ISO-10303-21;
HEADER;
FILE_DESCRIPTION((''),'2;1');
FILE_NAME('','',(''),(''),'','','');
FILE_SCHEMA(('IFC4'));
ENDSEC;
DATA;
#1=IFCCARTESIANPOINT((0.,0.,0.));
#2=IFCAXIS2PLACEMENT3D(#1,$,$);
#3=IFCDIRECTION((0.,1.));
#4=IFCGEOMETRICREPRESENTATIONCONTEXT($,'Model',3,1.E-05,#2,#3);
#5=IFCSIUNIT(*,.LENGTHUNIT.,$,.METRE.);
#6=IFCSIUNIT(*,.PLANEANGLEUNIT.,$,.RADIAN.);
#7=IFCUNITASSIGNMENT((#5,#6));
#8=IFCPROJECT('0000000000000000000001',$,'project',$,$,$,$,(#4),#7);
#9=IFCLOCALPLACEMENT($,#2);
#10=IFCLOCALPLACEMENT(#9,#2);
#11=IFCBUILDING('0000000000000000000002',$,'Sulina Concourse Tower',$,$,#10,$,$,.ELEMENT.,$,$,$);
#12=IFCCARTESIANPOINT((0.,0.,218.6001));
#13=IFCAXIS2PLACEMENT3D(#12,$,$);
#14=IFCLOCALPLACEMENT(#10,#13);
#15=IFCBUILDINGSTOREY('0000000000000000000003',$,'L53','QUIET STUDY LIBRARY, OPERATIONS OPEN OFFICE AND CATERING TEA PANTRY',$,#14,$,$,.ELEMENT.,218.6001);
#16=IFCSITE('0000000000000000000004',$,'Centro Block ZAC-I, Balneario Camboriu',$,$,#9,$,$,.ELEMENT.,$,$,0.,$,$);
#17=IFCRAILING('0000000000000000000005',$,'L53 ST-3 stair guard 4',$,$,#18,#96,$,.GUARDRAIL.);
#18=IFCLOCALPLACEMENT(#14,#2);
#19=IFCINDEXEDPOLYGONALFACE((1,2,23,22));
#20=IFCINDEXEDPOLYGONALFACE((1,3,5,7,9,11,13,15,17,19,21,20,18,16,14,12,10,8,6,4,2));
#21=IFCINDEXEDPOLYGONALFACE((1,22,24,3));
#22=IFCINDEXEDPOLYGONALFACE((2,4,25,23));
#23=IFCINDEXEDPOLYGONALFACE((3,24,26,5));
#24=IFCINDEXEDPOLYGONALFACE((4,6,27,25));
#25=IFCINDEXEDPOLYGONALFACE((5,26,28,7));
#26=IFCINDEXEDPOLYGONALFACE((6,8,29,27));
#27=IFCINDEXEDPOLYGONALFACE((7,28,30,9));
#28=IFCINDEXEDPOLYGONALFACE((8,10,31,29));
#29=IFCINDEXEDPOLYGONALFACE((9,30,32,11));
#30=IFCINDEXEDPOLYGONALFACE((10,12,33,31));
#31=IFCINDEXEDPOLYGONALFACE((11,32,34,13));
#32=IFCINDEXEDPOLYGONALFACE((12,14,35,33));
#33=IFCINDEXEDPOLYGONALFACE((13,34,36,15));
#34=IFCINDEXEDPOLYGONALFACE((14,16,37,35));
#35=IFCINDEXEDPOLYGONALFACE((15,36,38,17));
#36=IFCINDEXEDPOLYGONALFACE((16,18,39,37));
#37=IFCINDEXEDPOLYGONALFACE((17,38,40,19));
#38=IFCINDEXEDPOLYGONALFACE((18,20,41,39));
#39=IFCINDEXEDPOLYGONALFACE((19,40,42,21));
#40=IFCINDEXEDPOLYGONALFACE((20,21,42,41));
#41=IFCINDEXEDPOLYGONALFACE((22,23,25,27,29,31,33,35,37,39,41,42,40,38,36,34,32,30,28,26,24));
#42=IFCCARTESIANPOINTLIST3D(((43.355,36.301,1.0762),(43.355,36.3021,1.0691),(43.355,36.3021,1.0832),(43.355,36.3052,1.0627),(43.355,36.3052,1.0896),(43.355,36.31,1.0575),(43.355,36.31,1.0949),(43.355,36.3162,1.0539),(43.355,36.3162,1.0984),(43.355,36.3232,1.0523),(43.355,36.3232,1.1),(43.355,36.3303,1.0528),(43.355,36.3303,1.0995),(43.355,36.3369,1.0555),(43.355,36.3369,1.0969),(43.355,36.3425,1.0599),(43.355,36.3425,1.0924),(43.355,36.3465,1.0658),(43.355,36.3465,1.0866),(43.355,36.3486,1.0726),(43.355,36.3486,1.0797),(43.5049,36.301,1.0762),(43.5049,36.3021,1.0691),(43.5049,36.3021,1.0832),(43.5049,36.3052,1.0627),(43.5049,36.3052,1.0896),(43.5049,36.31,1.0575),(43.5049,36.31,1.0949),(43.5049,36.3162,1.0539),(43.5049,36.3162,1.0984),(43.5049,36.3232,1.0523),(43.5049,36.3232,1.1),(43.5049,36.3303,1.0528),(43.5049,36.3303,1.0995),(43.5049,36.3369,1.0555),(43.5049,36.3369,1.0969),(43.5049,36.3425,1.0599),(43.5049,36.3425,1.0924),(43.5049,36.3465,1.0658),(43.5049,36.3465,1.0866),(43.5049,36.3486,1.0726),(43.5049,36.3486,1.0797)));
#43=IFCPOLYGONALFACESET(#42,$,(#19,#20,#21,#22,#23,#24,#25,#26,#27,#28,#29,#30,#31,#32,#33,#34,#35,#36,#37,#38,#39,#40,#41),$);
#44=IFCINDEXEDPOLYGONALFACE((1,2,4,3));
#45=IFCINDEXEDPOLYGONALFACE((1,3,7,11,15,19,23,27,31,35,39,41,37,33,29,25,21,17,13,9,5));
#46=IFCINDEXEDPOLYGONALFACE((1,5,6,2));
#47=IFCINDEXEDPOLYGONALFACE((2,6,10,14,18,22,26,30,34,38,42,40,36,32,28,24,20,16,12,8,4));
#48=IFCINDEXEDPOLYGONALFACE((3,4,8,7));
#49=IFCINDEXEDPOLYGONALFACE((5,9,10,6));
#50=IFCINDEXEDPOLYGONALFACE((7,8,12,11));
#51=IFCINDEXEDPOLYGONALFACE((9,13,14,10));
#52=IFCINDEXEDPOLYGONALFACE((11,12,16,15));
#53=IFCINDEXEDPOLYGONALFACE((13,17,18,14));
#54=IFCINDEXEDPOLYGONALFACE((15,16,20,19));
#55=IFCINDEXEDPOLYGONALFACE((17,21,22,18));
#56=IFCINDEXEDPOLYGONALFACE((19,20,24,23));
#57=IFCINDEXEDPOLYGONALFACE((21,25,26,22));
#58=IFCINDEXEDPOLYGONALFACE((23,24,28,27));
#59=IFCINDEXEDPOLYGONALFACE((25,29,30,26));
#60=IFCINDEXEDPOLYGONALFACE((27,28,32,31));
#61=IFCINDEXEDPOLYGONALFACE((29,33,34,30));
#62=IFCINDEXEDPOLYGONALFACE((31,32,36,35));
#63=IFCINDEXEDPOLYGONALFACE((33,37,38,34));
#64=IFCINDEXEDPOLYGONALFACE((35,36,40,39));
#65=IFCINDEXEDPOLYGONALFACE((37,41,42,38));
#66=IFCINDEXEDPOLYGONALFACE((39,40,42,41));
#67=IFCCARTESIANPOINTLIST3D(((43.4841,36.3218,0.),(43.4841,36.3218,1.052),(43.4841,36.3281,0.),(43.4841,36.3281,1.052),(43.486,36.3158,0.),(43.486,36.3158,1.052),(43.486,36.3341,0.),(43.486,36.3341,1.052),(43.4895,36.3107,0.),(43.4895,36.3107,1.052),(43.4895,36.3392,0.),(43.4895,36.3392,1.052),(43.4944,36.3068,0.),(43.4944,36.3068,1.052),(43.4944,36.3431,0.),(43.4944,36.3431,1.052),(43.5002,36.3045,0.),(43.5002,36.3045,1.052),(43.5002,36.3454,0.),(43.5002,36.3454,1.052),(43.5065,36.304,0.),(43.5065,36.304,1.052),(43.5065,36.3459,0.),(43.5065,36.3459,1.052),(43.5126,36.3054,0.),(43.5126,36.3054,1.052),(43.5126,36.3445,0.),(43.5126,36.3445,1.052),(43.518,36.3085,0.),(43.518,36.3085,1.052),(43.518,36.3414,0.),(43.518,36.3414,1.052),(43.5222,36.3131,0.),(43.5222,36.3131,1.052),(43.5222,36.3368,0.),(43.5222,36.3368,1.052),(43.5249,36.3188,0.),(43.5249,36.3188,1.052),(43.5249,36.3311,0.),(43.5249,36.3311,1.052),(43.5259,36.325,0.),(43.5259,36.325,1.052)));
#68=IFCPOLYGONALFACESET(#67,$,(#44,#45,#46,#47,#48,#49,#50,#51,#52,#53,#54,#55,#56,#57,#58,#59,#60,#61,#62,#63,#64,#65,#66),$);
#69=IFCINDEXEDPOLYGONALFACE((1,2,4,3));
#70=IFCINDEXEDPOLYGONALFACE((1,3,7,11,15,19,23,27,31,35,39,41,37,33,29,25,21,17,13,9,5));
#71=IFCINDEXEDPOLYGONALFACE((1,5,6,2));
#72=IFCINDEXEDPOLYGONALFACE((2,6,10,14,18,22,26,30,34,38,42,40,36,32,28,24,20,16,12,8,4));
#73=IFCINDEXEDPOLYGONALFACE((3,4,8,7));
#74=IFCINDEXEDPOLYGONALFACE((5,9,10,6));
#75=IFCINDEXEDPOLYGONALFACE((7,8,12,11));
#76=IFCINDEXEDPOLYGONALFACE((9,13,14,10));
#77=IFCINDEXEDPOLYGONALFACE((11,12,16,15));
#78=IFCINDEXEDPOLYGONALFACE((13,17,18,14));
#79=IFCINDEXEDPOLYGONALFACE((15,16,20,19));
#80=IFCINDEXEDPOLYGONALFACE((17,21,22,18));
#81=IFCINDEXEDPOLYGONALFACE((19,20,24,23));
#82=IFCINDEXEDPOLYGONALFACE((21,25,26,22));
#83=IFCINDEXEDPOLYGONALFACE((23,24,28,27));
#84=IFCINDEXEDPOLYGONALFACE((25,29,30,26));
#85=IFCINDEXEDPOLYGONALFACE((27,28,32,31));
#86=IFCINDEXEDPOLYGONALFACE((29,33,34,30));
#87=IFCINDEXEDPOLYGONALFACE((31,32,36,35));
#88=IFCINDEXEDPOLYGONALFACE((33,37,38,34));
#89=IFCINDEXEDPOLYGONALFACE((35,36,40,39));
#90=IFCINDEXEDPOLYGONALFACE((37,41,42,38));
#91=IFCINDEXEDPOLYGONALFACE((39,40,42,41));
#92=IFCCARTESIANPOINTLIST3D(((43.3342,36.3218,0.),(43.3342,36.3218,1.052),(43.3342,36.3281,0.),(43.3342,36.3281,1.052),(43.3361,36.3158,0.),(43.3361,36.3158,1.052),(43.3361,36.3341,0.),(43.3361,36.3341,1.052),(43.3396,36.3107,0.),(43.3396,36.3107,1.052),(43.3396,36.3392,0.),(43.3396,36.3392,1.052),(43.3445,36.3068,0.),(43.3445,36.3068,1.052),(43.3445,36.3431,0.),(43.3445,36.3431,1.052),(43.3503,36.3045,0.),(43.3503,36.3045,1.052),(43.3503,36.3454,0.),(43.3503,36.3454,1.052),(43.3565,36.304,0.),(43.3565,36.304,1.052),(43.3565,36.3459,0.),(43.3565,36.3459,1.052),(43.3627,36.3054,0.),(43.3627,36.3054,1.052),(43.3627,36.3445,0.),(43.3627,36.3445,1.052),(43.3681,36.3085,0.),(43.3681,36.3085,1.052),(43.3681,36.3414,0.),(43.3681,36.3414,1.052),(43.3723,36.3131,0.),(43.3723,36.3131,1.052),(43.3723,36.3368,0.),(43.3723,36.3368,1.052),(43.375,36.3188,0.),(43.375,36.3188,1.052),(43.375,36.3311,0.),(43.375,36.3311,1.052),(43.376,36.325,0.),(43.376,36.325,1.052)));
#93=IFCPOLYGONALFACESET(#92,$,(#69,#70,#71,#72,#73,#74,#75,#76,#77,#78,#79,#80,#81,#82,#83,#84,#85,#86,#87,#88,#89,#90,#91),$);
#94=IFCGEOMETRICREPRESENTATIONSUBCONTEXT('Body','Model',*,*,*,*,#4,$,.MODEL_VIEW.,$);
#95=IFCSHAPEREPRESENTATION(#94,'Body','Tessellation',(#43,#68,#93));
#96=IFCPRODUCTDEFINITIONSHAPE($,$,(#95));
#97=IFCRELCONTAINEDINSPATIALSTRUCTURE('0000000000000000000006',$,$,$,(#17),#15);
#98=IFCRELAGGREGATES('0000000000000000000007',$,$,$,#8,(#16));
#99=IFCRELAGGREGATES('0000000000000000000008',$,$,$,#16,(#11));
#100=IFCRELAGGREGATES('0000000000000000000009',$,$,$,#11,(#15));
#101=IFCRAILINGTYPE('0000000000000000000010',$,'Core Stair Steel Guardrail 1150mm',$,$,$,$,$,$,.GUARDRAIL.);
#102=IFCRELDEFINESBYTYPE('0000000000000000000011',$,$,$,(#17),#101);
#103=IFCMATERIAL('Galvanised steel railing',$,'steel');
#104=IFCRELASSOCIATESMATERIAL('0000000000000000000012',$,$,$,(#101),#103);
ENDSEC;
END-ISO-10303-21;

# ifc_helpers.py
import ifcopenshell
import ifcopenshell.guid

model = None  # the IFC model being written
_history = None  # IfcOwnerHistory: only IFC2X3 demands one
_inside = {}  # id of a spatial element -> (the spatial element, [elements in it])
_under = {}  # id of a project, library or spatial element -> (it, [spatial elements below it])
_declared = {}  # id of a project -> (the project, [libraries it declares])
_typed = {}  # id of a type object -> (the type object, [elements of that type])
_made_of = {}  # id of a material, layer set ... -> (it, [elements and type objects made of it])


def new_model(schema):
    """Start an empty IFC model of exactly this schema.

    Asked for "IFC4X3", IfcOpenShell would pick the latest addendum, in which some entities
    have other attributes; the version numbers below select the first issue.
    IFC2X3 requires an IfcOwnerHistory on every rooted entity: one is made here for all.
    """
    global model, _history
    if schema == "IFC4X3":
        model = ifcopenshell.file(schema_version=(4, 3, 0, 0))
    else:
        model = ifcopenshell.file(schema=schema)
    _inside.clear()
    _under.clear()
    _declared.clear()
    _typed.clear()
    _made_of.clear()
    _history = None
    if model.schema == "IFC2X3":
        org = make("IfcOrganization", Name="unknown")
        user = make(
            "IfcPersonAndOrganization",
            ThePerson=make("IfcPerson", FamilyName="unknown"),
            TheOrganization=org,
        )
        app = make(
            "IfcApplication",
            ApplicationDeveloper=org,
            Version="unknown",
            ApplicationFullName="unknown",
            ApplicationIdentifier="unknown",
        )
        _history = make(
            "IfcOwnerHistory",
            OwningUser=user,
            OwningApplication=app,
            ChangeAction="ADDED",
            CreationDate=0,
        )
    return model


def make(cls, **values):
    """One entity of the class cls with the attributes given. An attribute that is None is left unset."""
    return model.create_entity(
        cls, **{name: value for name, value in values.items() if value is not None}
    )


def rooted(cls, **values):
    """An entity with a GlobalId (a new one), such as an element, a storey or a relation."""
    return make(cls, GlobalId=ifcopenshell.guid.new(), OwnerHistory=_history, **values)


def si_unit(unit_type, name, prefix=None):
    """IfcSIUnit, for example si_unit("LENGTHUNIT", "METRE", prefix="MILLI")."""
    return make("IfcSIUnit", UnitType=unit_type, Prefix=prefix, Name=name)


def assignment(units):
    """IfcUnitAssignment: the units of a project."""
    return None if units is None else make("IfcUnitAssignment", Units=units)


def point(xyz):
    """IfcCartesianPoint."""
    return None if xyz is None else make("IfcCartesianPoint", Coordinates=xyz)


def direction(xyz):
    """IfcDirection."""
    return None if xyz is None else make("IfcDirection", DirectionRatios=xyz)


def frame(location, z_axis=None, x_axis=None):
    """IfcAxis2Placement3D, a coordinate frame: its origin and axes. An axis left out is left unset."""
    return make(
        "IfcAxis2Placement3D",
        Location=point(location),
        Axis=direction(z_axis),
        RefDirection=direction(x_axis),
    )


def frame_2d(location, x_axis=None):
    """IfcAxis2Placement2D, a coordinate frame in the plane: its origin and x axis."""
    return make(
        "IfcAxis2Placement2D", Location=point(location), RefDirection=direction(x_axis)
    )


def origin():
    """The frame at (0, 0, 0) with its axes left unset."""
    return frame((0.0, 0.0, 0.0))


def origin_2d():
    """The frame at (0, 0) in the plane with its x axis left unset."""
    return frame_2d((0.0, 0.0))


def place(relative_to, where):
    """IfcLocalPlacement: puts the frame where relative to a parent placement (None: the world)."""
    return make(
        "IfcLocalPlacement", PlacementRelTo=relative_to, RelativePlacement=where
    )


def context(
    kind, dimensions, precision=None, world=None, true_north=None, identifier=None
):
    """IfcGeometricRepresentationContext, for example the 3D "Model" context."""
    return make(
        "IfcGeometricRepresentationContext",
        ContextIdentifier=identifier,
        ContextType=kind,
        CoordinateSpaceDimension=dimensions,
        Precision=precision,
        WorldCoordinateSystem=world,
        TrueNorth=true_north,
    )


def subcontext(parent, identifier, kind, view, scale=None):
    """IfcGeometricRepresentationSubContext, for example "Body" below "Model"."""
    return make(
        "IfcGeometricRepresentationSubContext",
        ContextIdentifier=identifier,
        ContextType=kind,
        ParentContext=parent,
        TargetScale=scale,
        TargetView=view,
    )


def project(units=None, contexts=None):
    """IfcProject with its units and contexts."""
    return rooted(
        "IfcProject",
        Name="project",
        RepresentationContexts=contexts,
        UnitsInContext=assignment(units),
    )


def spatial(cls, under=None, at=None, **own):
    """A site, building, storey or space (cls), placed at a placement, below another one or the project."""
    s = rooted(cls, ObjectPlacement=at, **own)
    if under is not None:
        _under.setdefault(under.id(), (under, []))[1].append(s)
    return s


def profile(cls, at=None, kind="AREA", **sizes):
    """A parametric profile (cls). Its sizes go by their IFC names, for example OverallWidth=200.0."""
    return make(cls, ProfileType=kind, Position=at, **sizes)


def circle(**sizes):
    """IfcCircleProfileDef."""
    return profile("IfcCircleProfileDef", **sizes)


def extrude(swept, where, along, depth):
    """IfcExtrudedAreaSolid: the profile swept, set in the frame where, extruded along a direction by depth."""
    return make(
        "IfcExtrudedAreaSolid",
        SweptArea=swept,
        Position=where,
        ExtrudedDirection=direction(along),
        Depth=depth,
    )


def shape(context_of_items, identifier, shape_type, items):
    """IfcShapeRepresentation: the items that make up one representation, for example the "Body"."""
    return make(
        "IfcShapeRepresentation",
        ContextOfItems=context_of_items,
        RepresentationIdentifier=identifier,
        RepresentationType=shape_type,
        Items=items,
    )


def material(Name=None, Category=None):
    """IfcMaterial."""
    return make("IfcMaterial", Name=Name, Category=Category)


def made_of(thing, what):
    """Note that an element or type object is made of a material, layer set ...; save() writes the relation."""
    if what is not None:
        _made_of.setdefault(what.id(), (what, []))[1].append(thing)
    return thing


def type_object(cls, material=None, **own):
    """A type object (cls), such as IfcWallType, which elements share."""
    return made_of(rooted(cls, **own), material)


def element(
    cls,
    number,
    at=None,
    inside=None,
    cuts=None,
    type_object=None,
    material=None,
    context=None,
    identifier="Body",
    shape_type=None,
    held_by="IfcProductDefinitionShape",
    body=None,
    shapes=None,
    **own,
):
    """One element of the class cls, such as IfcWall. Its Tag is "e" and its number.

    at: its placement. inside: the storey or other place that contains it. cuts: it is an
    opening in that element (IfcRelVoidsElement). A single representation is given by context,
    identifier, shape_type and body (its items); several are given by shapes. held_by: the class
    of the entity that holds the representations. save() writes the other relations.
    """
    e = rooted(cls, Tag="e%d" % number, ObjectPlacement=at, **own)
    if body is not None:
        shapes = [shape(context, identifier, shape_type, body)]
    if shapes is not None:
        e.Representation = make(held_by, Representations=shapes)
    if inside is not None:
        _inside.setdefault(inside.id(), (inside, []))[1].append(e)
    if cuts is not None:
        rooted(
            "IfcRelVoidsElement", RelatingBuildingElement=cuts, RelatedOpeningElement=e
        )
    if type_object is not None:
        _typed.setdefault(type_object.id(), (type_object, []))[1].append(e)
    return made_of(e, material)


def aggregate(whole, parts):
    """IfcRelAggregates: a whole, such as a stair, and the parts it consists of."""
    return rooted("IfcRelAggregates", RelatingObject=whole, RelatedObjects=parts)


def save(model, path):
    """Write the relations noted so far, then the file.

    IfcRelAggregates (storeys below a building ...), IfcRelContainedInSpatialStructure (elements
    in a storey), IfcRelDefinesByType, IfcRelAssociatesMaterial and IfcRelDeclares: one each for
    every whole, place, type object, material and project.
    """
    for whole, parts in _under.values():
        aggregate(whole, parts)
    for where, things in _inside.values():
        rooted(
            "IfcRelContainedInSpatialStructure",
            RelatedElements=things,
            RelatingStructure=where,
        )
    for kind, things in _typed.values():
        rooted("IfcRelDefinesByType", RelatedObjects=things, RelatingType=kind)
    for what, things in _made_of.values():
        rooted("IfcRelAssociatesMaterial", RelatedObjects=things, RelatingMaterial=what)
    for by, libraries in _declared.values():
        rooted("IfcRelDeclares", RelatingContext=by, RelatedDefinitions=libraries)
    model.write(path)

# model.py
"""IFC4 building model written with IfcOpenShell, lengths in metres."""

from ifc_helpers import new_model, si_unit, direction, frame, origin, origin_2d, place, context, subcontext, project, spatial, circle, extrude, material, type_object, element, save


model = new_model("IFC4")

# Units and contexts
model_context = context("Model", 3, precision=1e-05, world=origin(), true_north=direction((0.0, 1.0)))
body_context = subcontext(model_context, "Body", "Model", "MODEL_VIEW")
ifc_project = project(units=[si_unit("LENGTHUNIT", "METRE"), si_unit("PLANEANGLEUNIT", "RADIAN")], contexts=[model_context])

# Site, building, storey
site_placement = place(None, origin())
site = spatial("IfcSite", under=ifc_project, at=site_placement, Name="Centro Block ZAC-I, Balneario Camboriu", CompositionType="ELEMENT", RefElevation=0.0)
building_placement = place(site_placement, origin())
building = spatial("IfcBuilding", under=site, at=building_placement, Name="Sulina Concourse Tower", CompositionType="ELEMENT")
storey_placement = place(building_placement, frame((0.0, 0.0, 218.6001)))
storey = spatial("IfcBuildingStorey", under=building, at=storey_placement, Name="L53", Description="QUIET STUDY LIBRARY, OPERATIONS OPEN OFFICE AND CATERING TEA PANTRY", CompositionType="ELEMENT", Elevation=218.6001)

# Railing
ifc_material_1 = material(Name="Galvanised steel railing", Category="steel")
railing_type_1 = type_object("IfcRailingType", Name="Core Stair Steel Guardrail 1150mm", PredefinedType="GUARDRAIL", material=ifc_material_1)
railing_1_placement = place(storey_placement, frame((43.5049, 36.325, 0.0)))
element("IfcRailing", 1, at=railing_1_placement, inside=storey, type_object=railing_type_1, Name="L53 ST-3 stair guard 4", PredefinedType="GUARDRAIL", context=body_context, shape_type="SweptSolid", body=[
    extrude(circle(Radius=0.0239, at=origin_2d()), frame((0.0, 0.0, 1.0762), z_axis=(-1.0, 0.0, 0.0), x_axis=(0.0, -1.0, 0.0)), (0.0, 0.0, 1.0), 0.1499),
    extrude(circle(Radius=0.021, at=origin_2d()), origin(), (0.0, 0.0, 1.0), 1.052),
    extrude(circle(Radius=0.021, at=origin_2d()), frame((-0.1499, 0.0, 0.0)), (0.0, 0.0, 1.0), 1.052),
])

save(model, "model.ifc")
